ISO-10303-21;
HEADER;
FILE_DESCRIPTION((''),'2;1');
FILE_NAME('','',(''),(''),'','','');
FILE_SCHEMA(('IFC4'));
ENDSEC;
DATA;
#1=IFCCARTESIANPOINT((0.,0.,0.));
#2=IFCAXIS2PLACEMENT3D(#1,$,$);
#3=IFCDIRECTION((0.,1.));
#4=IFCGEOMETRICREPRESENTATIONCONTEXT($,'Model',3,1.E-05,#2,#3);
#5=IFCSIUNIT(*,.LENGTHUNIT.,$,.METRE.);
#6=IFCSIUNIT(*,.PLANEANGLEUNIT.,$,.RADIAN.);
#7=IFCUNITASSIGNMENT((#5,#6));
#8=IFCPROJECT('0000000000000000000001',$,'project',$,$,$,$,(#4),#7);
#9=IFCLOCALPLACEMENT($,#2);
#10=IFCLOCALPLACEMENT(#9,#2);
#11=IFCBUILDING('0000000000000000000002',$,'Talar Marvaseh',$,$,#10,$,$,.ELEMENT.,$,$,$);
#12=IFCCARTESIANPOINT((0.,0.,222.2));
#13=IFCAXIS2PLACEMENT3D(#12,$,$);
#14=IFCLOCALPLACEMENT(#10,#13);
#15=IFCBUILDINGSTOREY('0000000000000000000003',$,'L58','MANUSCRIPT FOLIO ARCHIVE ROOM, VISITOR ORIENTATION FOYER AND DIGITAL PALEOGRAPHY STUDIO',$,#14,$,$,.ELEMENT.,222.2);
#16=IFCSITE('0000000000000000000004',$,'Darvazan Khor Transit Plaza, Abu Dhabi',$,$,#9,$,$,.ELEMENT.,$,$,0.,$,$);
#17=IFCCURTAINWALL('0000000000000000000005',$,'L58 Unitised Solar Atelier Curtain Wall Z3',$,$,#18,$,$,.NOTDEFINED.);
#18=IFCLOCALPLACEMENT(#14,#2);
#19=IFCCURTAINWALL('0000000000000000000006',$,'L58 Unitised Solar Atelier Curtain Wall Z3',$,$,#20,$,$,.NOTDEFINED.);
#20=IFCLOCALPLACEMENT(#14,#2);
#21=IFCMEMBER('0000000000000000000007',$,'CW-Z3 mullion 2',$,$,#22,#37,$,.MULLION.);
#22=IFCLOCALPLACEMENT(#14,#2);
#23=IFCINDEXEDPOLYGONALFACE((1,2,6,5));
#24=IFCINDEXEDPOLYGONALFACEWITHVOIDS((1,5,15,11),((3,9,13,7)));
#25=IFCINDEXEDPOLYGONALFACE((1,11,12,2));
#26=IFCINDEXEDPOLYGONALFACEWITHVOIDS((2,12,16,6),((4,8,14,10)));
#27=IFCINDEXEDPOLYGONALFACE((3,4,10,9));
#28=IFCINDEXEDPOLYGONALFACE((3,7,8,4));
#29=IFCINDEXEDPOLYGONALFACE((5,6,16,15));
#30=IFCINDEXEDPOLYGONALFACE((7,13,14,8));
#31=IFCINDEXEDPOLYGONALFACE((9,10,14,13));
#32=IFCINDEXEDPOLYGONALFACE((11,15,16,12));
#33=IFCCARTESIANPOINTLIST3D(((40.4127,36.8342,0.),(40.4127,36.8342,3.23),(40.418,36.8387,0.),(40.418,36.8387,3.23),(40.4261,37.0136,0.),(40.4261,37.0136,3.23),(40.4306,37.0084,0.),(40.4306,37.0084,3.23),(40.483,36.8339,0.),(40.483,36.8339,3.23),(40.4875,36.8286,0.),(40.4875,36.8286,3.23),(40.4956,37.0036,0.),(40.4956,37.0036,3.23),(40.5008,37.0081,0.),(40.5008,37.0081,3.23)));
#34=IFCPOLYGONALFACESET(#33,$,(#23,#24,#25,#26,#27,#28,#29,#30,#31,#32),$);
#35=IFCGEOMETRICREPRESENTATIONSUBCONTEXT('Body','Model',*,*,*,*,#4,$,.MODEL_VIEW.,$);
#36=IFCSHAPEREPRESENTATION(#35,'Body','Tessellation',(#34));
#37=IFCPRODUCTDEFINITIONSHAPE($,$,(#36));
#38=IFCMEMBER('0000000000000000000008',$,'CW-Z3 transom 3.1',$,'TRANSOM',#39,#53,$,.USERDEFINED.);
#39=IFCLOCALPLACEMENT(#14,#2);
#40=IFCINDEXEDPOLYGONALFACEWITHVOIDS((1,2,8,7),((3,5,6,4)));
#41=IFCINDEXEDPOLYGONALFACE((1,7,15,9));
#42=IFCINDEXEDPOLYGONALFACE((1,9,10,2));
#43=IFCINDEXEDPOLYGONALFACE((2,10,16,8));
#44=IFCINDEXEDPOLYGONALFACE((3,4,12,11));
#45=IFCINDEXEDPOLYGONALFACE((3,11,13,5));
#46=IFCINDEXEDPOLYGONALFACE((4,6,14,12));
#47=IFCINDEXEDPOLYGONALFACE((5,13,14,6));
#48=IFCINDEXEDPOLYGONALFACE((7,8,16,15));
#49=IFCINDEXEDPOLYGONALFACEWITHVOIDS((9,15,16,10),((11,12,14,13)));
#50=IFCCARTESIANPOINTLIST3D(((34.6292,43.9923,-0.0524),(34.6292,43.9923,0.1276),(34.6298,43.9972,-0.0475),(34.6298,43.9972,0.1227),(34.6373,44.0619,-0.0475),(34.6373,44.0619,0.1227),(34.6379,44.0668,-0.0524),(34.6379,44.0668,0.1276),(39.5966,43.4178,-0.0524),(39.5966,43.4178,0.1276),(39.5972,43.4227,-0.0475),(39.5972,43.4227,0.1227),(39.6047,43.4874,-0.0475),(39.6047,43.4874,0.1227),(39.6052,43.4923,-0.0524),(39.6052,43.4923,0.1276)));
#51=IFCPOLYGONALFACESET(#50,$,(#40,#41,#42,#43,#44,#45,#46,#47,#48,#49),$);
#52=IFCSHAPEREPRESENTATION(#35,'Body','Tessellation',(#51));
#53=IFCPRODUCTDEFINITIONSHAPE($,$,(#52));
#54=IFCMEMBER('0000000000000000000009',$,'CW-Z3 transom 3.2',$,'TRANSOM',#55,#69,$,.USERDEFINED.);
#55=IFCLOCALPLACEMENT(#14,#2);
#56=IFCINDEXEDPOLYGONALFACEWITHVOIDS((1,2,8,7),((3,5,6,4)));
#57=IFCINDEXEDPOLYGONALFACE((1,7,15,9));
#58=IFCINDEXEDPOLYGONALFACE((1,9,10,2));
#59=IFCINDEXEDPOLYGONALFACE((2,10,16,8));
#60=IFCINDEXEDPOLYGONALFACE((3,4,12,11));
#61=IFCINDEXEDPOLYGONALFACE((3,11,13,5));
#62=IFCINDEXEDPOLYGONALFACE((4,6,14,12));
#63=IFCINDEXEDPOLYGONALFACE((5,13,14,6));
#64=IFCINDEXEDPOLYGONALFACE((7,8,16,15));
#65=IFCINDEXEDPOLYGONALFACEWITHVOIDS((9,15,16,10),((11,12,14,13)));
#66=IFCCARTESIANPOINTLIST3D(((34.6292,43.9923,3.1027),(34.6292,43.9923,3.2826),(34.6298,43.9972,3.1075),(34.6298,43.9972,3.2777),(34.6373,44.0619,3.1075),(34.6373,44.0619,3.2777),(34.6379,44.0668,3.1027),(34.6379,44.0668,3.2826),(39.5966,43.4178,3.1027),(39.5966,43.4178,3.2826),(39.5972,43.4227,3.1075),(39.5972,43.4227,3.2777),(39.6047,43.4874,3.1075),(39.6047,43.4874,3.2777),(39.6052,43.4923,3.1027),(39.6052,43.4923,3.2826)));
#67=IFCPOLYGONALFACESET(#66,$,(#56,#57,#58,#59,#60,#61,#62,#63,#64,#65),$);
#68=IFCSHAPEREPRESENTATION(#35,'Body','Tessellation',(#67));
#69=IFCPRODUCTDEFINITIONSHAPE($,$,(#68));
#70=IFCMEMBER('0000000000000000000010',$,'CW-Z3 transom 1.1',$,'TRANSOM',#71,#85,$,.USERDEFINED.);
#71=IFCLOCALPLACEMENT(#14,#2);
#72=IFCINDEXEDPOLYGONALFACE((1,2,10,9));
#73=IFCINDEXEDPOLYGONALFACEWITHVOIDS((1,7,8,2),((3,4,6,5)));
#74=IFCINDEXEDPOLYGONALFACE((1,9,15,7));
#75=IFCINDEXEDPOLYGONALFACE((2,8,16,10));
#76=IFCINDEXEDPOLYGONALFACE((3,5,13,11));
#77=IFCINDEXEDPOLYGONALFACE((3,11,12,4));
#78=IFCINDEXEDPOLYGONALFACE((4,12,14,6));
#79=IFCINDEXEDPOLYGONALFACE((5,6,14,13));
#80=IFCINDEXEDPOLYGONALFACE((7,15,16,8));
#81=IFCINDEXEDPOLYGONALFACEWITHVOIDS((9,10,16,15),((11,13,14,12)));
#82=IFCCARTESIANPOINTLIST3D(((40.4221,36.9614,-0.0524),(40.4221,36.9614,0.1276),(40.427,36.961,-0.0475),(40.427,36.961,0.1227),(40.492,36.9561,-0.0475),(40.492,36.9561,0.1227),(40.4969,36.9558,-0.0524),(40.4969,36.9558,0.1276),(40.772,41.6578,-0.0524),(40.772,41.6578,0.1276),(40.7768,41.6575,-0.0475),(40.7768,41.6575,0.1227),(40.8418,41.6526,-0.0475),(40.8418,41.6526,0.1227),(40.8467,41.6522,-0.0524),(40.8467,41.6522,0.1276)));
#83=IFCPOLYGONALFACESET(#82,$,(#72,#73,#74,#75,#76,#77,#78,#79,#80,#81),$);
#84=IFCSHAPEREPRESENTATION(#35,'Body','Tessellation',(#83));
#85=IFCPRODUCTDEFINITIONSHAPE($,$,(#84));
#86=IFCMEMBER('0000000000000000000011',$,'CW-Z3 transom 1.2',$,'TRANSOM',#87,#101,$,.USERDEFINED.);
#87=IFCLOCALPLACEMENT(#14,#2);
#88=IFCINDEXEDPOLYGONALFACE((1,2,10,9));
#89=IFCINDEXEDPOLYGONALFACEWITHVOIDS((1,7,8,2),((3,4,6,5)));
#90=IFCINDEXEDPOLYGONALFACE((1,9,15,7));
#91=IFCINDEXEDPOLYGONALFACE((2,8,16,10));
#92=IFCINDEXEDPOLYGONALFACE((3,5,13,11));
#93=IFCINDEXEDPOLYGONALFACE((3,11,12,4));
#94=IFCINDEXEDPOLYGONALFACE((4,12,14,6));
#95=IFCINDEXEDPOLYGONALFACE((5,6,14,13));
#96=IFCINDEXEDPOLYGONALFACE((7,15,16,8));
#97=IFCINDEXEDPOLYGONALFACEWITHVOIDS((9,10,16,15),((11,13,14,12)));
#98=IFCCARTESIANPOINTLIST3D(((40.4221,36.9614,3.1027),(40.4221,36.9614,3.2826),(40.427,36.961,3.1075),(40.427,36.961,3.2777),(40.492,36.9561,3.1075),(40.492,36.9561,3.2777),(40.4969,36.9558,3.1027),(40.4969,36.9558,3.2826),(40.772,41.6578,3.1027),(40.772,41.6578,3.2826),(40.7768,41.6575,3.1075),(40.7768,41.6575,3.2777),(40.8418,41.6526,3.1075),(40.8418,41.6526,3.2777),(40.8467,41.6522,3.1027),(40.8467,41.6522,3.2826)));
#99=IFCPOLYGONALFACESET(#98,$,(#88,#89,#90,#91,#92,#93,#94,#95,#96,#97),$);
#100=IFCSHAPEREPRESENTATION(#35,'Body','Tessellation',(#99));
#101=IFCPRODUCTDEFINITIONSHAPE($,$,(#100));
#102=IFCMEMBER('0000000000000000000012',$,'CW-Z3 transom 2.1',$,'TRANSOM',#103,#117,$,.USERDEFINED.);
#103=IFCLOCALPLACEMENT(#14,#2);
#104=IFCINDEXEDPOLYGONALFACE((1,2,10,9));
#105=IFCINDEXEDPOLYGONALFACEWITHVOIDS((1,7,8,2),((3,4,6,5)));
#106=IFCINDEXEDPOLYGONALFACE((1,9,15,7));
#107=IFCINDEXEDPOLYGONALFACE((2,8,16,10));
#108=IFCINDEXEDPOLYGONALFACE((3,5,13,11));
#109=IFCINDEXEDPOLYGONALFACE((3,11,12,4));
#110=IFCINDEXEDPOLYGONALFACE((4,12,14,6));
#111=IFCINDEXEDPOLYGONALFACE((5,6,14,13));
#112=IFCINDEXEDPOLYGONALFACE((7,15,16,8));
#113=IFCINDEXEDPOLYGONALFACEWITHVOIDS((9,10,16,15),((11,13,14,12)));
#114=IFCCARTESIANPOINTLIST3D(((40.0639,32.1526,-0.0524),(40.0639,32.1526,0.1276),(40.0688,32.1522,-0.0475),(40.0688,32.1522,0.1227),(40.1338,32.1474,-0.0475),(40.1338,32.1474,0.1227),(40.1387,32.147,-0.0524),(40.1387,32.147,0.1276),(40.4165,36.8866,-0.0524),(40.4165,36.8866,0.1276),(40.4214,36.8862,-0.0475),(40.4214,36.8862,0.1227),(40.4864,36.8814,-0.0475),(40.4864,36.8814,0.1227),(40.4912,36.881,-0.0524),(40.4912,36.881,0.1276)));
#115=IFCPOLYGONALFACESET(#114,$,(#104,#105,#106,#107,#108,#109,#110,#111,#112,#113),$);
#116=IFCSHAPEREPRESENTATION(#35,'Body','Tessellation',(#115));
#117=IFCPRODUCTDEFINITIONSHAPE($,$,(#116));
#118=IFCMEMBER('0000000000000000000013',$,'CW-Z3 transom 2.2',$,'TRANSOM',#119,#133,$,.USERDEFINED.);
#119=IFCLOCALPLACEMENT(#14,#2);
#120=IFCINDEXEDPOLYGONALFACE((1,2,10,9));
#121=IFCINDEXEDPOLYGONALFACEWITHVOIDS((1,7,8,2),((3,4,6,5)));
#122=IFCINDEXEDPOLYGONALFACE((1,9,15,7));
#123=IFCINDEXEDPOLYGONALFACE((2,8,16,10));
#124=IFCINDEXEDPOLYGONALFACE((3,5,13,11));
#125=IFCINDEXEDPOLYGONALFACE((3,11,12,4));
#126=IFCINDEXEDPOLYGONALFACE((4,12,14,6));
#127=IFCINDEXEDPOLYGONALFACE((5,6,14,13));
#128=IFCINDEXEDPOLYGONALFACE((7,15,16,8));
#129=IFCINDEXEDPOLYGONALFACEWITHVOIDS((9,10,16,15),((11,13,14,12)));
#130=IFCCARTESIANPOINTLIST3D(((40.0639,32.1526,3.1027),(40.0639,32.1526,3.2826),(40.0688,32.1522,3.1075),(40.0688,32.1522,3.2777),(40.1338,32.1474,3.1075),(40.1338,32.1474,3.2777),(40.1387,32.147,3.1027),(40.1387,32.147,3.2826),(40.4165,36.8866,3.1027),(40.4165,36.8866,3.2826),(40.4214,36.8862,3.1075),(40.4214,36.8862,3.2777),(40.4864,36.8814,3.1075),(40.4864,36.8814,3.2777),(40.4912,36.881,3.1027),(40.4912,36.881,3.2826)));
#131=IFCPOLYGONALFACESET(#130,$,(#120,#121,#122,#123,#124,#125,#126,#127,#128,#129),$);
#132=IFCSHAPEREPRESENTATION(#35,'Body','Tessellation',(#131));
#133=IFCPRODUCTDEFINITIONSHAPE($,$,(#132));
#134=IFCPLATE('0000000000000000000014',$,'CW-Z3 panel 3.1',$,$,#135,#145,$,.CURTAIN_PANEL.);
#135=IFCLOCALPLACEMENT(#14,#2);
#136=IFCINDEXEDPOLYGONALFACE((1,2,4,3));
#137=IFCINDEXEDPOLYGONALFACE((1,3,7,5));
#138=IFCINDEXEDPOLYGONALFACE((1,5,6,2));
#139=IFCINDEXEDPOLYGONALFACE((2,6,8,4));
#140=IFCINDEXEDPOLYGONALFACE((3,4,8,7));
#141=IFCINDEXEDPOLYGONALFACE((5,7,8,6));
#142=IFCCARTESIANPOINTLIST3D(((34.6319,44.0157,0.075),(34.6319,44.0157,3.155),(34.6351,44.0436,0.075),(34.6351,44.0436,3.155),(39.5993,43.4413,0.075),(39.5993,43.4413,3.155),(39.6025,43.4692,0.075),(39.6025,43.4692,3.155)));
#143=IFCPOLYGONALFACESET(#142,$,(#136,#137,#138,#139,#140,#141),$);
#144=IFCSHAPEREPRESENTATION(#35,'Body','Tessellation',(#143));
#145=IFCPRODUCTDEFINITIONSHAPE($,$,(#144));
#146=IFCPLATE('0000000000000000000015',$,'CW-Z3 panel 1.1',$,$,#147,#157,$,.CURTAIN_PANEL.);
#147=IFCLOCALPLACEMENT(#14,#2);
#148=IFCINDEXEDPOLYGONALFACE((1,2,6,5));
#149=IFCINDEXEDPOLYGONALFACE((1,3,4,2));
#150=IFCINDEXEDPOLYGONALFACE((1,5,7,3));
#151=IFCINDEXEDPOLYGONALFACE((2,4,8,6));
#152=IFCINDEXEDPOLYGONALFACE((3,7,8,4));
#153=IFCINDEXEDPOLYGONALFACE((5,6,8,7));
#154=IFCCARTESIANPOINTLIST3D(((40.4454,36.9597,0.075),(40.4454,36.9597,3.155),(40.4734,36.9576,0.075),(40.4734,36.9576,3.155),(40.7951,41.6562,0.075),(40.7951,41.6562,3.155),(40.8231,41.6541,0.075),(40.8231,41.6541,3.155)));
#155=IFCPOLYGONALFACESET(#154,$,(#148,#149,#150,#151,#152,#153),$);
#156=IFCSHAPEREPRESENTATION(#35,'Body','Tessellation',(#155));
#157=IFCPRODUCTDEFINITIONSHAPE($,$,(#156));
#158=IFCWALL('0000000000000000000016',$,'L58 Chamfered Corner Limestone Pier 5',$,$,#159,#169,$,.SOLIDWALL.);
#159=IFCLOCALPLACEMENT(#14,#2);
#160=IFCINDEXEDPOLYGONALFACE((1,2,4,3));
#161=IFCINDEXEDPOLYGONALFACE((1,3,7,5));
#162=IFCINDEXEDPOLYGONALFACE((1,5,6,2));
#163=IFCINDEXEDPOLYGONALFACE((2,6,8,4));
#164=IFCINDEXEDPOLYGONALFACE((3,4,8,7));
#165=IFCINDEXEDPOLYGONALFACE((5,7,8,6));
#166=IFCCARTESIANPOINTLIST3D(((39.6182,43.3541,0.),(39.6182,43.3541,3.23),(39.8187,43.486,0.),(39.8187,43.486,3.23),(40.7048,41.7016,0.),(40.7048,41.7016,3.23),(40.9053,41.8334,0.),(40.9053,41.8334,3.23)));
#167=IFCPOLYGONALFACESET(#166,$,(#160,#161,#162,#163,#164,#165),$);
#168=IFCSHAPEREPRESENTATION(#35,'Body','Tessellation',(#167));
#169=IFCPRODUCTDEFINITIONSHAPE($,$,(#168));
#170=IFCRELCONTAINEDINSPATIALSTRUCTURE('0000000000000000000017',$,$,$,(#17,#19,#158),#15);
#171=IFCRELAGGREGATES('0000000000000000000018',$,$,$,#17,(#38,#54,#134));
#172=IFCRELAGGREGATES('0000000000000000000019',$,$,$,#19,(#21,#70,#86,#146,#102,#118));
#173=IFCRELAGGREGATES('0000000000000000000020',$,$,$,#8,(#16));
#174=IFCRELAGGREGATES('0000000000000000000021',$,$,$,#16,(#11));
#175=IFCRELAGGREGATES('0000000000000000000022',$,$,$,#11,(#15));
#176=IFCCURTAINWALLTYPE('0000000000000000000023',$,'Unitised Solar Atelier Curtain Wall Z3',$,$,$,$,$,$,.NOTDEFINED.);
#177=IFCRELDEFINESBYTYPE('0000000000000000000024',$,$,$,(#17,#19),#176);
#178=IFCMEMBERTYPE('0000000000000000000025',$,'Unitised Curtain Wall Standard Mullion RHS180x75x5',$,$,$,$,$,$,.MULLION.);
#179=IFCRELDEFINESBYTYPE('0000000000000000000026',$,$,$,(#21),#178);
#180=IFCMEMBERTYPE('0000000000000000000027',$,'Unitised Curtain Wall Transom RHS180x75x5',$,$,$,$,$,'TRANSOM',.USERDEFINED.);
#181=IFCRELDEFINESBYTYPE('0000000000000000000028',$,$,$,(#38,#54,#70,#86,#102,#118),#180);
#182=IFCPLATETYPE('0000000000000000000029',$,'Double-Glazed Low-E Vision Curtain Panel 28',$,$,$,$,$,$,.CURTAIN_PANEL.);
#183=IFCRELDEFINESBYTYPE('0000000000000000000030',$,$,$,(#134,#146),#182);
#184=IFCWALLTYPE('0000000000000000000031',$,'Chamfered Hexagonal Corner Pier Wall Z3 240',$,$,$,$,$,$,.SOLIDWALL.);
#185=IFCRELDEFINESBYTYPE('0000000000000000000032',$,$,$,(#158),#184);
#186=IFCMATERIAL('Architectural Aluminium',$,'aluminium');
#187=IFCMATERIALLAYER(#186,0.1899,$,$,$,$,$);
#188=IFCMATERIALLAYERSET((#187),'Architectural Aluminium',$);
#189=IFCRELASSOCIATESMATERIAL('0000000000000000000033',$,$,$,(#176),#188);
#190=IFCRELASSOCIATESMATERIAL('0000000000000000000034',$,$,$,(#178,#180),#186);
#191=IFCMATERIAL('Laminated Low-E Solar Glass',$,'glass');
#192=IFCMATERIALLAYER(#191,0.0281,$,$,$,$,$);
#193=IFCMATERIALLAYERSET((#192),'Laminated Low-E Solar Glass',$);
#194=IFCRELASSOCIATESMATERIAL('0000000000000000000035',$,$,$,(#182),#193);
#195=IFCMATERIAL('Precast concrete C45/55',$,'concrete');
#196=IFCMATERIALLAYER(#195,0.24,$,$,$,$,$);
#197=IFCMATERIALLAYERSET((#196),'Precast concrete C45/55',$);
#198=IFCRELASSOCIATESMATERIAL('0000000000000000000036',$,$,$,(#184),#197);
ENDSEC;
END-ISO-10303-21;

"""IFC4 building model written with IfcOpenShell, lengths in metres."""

from ifc_helpers import new_model, si_unit, direction, frame, frame_2d, origin, origin_2d, place, context, subcontext, project, spatial, rectangle, hollow_rectangle, extrude, source, transform, mapped, material, layer, layer_set, material_profile, profile_set, type_object, type_shapes, element, aggregate, save


model = new_model("IFC4")

# Units and contexts
model_context = context("Model", 3, precision=1e-05, world=origin(), true_north=direction((0.0, 1.0)))
body_context = subcontext(model_context, "Body", "Model", "MODEL_VIEW")
ifc_project = project(units=[si_unit("LENGTHUNIT", "METRE"), si_unit("PLANEANGLEUNIT", "RADIAN")], contexts=[model_context])

# Site, building, storey
site_placement = place(None, origin())
site = spatial("IfcSite", under=ifc_project, at=site_placement, Name="Darvazan Khor Transit Plaza, Abu Dhabi", CompositionType="ELEMENT", RefElevation=0.0)
building_placement = place(site_placement, origin())
building = spatial("IfcBuilding", under=site, at=building_placement, Name="Talar Marvaseh", CompositionType="ELEMENT")
storey_placement = place(building_placement, frame((0.0, 0.0, 222.2)))
storey = spatial("IfcBuildingStorey", under=building, at=storey_placement, Name="L58", Description="MANUSCRIPT FOLIO ARCHIVE ROOM, VISITOR ORIENTATION FOYER AND DIGITAL PALEOGRAPHY STUDIO", CompositionType="ELEMENT", Elevation=222.2)

# Curtain walls, member
ifc_material_1 = material(Name="Architectural Aluminium", Category="aluminium")
ifc_layer_1 = layer(ifc_material_1, 0.1899)
ifc_layer_set_1 = layer_set([ifc_layer_1], Name="Architectural Aluminium")
curtain_wall_type = type_object("IfcCurtainWallType", Name="Unitised Solar Atelier Curtain Wall Z3", PredefinedType="NOTDEFINED", material=ifc_layer_set_1)
curtain_wall_1_placement = place(storey_placement, origin())
curtain_wall_1 = element("IfcCurtainWall", 1, at=curtain_wall_1_placement, inside=storey, type_object=curtain_wall_type, Name="L58 Unitised Solar Atelier Curtain Wall Z3", PredefinedType="NOTDEFINED")
ifc_material_profile_1 = material_profile(ifc_material_1, hollow_rectangle(XDim=0.075, YDim=0.1799, WallThickness=0.0049, at=origin_2d()), Name="RHS180x75x5")
ifc_profile_set_1 = profile_set([ifc_material_profile_1], Name="Architectural Aluminium")
member_type_1 = type_object("IfcMemberType", Name="Unitised Curtain Wall Standard Mullion RHS180x75x5", PredefinedType="MULLION", material=ifc_profile_set_1)
shared_shape_1 = source(origin(), body_context, "Body", "SweptSolid", [
    extrude(hollow_rectangle(XDim=0.075, YDim=0.1799, WallThickness=0.0049, at=origin_2d()), origin(), (0.0, 0.0, 1.0), 3.23),
])
type_shapes(member_type_1, [shared_shape_1])
curtain_wall_2_placement = place(storey_placement, origin())
curtain_wall_2 = element("IfcCurtainWall", 2, at=curtain_wall_2_placement, inside=storey, type_object=curtain_wall_type, Name="L58 Unitised Solar Atelier Curtain Wall Z3", PredefinedType="NOTDEFINED")
member_1_placement = place(storey_placement, frame((40.4568, 36.9211, 0.0), z_axis=(0.0, 0.0, 1.0), x_axis=(0.997239, -0.074263, 0.0)))
member_1 = element("IfcMember", 3, at=member_1_placement, type_object=member_type_1, Name="CW-Z3 mullion 2", PredefinedType="MULLION", context=body_context, shape_type="MappedRepresentation", body=[
    mapped(shared_shape_1, transform((0.0, 0.0, 0.0), x_axis=(1.0, 0.0, 0.0), y_axis=(0.0, 1.0, 0.0), z_axis=(0.0, 0.0, 1.0), scale=1.0)),
])

# Members
ifc_material_profile_2 = material_profile(ifc_material_1, hollow_rectangle(XDim=0.075, YDim=0.1799, WallThickness=0.0049, at=origin_2d()), Name="RHS180x75x5")
ifc_profile_set_2 = profile_set([ifc_material_profile_2], Name="Architectural Aluminium")
member_type_2 = type_object("IfcMemberType", Name="Unitised Curtain Wall Transom RHS180x75x5", ElementType="TRANSOM", PredefinedType="USERDEFINED", material=ifc_profile_set_2)
shared_shape_2 = source(origin(), body_context, "Body", "SweptSolid", [
    extrude(hollow_rectangle(XDim=0.075, YDim=0.1799, WallThickness=0.0049, at=origin_2d()), origin(), (0.0, 0.0, 1.0), 5.0005),
])
member_2_placement = place(storey_placement, frame((34.6335, 44.0295, 0.0376), z_axis=(0.993379, -0.114884, 0.0), x_axis=(0.114884, 0.993379, 0.0)))
member_2 = element("IfcMember", 4, at=member_2_placement, type_object=member_type_2, Name="CW-Z3 transom 3.1", ObjectType="TRANSOM", PredefinedType="USERDEFINED", context=body_context, shape_type="MappedRepresentation", body=[
    mapped(shared_shape_2, transform((0.0, 0.0, 0.0), x_axis=(1.0, 0.0, 0.0), y_axis=(0.0, 1.0, 0.0), z_axis=(0.0, 0.0, 1.0), scale=1.0)),
])
member_3_placement = place(storey_placement, frame((34.6335, 44.0295, 3.1926), z_axis=(0.993379, -0.114884, 0.0), x_axis=(0.114884, 0.993379, 0.0)))
member_3 = element("IfcMember", 5, at=member_3_placement, type_object=member_type_2, Name="CW-Z3 transom 3.2", ObjectType="TRANSOM", PredefinedType="USERDEFINED", context=body_context, shape_type="MappedRepresentation", body=[
    mapped(shared_shape_2, transform((0.0, 0.0, 0.0), x_axis=(1.0, 0.0, 0.0), y_axis=(0.0, 1.0, 0.0), z_axis=(0.0, 0.0, 1.0), scale=1.0)),
])
shared_shape_3 = source(origin(), body_context, "Body", "SweptSolid", [
    extrude(hollow_rectangle(XDim=0.075, YDim=0.1799, WallThickness=0.0049, at=origin_2d()), origin(), (0.0, 0.0, 1.0), 4.7095),
])
member_4_placement = place(storey_placement, frame((40.8093, 41.655, 0.0376), z_axis=(-0.074286, -0.997237, 0.0), x_axis=(0.997237, -0.074286, 0.0)))
member_4 = element("IfcMember", 6, at=member_4_placement, type_object=member_type_2, Name="CW-Z3 transom 1.1", ObjectType="TRANSOM", PredefinedType="USERDEFINED", context=body_context, shape_type="MappedRepresentation", body=[
    mapped(shared_shape_3, transform((0.0, 0.0, 0.0), x_axis=(1.0, 0.0, 0.0), y_axis=(0.0, 1.0, 0.0), z_axis=(0.0, 0.0, 1.0), scale=1.0)),
])
member_5_placement = place(storey_placement, frame((40.8093, 41.655, 3.1926), z_axis=(-0.074286, -0.997237, 0.0), x_axis=(0.997237, -0.074286, 0.0)))
member_5 = element("IfcMember", 7, at=member_5_placement, type_object=member_type_2, Name="CW-Z3 transom 1.2", ObjectType="TRANSOM", PredefinedType="USERDEFINED", context=body_context, shape_type="MappedRepresentation", body=[
    mapped(shared_shape_3, transform((0.0, 0.0, 0.0), x_axis=(1.0, 0.0, 0.0), y_axis=(0.0, 1.0, 0.0), z_axis=(0.0, 0.0, 1.0), scale=1.0)),
])
shared_shape_4 = source(origin(), body_context, "Body", "SweptSolid", [
    extrude(hollow_rectangle(XDim=0.075, YDim=0.1799, WallThickness=0.0049, at=origin_2d()), origin(), (0.0, 0.0, 1.0), 4.7471),
])
type_shapes(member_type_2, [shared_shape_2, shared_shape_3, shared_shape_4])
member_6_placement = place(storey_placement, frame((40.4539, 36.8838, 0.0376), z_axis=(-0.074266, -0.997238, 0.0), x_axis=(0.997238, -0.074266, 0.0)))
member_6 = element("IfcMember", 8, at=member_6_placement, type_object=member_type_2, Name="CW-Z3 transom 2.1", ObjectType="TRANSOM", PredefinedType="USERDEFINED", context=body_context, shape_type="MappedRepresentation", body=[
    mapped(shared_shape_4, transform((0.0, 0.0, 0.0), x_axis=(1.0, 0.0, 0.0), y_axis=(0.0, 1.0, 0.0), z_axis=(0.0, 0.0, 1.0), scale=1.0)),
])
member_7_placement = place(storey_placement, frame((40.4539, 36.8838, 3.1926), z_axis=(-0.074266, -0.997238, 0.0), x_axis=(0.997238, -0.074266, 0.0)))
member_7 = element("IfcMember", 9, at=member_7_placement, type_object=member_type_2, Name="CW-Z3 transom 2.2", ObjectType="TRANSOM", PredefinedType="USERDEFINED", context=body_context, shape_type="MappedRepresentation", body=[
    mapped(shared_shape_4, transform((0.0, 0.0, 0.0), x_axis=(1.0, 0.0, 0.0), y_axis=(0.0, 1.0, 0.0), z_axis=(0.0, 0.0, 1.0), scale=1.0)),
])

# Plates
ifc_material_2 = material(Name="Laminated Low-E Solar Glass", Category="glass")
ifc_layer_2 = layer(ifc_material_2, 0.0281)
ifc_layer_set_2 = layer_set([ifc_layer_2], Name="Laminated Low-E Solar Glass")
plate_type = type_object("IfcPlateType", Name="Double-Glazed Low-E Vision Curtain Panel 28", PredefinedType="CURTAIN_PANEL", material=ifc_layer_set_2)
shared_shape_5 = source(origin(), body_context, "Body", "SweptSolid", [
    extrude(rectangle(XDim=5.0005, YDim=0.0281, at=origin_2d()), origin(), (0.0, 0.0, 1.0), 3.0801),
])
plate_1_placement = place(storey_placement, frame((37.1172, 43.7424, 0.075), z_axis=(0.0, 0.0, 1.0), x_axis=(0.99338, -0.11487, 0.0)))
plate_1 = element("IfcPlate", 10, at=plate_1_placement, type_object=plate_type, Name="CW-Z3 panel 3.1", PredefinedType="CURTAIN_PANEL", context=body_context, shape_type="MappedRepresentation", body=[
    mapped(shared_shape_5, transform((0.0, 0.0, 0.0), x_axis=(1.0, 0.0, 0.0), y_axis=(0.0, 1.0, 0.0), z_axis=(0.0, 0.0, 1.0), scale=1.0)),
])
aggregate(curtain_wall_1, [member_2, member_3, plate_1])
shared_shape_6 = source(origin(), body_context, "Body", "SweptSolid", [
    extrude(rectangle(XDim=4.7095, YDim=0.0281, at=origin_2d()), origin(), (0.0, 0.0, 1.0), 3.0801),
])
type_shapes(plate_type, [shared_shape_5, shared_shape_6])
plate_2_placement = place(storey_placement, frame((40.6343, 39.3069, 0.075), z_axis=(0.0, 0.0, 1.0), x_axis=(-0.074263, -0.997239, 0.0)))
plate_2 = element("IfcPlate", 11, at=plate_2_placement, type_object=plate_type, Name="CW-Z3 panel 1.1", PredefinedType="CURTAIN_PANEL", context=body_context, shape_type="MappedRepresentation", body=[
    mapped(shared_shape_6, transform((0.0, 0.0, 0.0), x_axis=(1.0, 0.0, 0.0), y_axis=(0.0, 1.0, 0.0), z_axis=(0.0, 0.0, 1.0), scale=1.0)),
])
aggregate(curtain_wall_2, [member_1, member_4, member_5, plate_2, member_6, member_7])

# Wall
ifc_material_3 = material(Name="Precast concrete C45/55", Category="concrete")
ifc_layer_3 = layer(ifc_material_3, 0.24)
ifc_layer_set_3 = layer_set([ifc_layer_3], Name="Precast concrete C45/55")
wall_type_1 = type_object("IfcWallType", Name="Chamfered Hexagonal Corner Pier Wall Z3 240", PredefinedType="SOLIDWALL", material=ifc_layer_set_3)
wall_1_placement = place(storey_placement, frame((39.7185, 43.4199, 0.0), z_axis=(0.0, 0.0, 1.0), x_axis=(0.549419, -0.835547, 0.0)))
element("IfcWall", 12, at=wall_1_placement, inside=storey, type_object=wall_type_1, Name="L58 Chamfered Corner Limestone Pier 5", PredefinedType="SOLIDWALL", context=body_context, shape_type="SweptSolid", body=[
    extrude(rectangle(XDim=1.9778, YDim=0.24, at=frame_2d((0.9888, 0.0))), origin(), (0.0, 0.0, 1.0), 3.23),
])

save(model, "model.ifc")
